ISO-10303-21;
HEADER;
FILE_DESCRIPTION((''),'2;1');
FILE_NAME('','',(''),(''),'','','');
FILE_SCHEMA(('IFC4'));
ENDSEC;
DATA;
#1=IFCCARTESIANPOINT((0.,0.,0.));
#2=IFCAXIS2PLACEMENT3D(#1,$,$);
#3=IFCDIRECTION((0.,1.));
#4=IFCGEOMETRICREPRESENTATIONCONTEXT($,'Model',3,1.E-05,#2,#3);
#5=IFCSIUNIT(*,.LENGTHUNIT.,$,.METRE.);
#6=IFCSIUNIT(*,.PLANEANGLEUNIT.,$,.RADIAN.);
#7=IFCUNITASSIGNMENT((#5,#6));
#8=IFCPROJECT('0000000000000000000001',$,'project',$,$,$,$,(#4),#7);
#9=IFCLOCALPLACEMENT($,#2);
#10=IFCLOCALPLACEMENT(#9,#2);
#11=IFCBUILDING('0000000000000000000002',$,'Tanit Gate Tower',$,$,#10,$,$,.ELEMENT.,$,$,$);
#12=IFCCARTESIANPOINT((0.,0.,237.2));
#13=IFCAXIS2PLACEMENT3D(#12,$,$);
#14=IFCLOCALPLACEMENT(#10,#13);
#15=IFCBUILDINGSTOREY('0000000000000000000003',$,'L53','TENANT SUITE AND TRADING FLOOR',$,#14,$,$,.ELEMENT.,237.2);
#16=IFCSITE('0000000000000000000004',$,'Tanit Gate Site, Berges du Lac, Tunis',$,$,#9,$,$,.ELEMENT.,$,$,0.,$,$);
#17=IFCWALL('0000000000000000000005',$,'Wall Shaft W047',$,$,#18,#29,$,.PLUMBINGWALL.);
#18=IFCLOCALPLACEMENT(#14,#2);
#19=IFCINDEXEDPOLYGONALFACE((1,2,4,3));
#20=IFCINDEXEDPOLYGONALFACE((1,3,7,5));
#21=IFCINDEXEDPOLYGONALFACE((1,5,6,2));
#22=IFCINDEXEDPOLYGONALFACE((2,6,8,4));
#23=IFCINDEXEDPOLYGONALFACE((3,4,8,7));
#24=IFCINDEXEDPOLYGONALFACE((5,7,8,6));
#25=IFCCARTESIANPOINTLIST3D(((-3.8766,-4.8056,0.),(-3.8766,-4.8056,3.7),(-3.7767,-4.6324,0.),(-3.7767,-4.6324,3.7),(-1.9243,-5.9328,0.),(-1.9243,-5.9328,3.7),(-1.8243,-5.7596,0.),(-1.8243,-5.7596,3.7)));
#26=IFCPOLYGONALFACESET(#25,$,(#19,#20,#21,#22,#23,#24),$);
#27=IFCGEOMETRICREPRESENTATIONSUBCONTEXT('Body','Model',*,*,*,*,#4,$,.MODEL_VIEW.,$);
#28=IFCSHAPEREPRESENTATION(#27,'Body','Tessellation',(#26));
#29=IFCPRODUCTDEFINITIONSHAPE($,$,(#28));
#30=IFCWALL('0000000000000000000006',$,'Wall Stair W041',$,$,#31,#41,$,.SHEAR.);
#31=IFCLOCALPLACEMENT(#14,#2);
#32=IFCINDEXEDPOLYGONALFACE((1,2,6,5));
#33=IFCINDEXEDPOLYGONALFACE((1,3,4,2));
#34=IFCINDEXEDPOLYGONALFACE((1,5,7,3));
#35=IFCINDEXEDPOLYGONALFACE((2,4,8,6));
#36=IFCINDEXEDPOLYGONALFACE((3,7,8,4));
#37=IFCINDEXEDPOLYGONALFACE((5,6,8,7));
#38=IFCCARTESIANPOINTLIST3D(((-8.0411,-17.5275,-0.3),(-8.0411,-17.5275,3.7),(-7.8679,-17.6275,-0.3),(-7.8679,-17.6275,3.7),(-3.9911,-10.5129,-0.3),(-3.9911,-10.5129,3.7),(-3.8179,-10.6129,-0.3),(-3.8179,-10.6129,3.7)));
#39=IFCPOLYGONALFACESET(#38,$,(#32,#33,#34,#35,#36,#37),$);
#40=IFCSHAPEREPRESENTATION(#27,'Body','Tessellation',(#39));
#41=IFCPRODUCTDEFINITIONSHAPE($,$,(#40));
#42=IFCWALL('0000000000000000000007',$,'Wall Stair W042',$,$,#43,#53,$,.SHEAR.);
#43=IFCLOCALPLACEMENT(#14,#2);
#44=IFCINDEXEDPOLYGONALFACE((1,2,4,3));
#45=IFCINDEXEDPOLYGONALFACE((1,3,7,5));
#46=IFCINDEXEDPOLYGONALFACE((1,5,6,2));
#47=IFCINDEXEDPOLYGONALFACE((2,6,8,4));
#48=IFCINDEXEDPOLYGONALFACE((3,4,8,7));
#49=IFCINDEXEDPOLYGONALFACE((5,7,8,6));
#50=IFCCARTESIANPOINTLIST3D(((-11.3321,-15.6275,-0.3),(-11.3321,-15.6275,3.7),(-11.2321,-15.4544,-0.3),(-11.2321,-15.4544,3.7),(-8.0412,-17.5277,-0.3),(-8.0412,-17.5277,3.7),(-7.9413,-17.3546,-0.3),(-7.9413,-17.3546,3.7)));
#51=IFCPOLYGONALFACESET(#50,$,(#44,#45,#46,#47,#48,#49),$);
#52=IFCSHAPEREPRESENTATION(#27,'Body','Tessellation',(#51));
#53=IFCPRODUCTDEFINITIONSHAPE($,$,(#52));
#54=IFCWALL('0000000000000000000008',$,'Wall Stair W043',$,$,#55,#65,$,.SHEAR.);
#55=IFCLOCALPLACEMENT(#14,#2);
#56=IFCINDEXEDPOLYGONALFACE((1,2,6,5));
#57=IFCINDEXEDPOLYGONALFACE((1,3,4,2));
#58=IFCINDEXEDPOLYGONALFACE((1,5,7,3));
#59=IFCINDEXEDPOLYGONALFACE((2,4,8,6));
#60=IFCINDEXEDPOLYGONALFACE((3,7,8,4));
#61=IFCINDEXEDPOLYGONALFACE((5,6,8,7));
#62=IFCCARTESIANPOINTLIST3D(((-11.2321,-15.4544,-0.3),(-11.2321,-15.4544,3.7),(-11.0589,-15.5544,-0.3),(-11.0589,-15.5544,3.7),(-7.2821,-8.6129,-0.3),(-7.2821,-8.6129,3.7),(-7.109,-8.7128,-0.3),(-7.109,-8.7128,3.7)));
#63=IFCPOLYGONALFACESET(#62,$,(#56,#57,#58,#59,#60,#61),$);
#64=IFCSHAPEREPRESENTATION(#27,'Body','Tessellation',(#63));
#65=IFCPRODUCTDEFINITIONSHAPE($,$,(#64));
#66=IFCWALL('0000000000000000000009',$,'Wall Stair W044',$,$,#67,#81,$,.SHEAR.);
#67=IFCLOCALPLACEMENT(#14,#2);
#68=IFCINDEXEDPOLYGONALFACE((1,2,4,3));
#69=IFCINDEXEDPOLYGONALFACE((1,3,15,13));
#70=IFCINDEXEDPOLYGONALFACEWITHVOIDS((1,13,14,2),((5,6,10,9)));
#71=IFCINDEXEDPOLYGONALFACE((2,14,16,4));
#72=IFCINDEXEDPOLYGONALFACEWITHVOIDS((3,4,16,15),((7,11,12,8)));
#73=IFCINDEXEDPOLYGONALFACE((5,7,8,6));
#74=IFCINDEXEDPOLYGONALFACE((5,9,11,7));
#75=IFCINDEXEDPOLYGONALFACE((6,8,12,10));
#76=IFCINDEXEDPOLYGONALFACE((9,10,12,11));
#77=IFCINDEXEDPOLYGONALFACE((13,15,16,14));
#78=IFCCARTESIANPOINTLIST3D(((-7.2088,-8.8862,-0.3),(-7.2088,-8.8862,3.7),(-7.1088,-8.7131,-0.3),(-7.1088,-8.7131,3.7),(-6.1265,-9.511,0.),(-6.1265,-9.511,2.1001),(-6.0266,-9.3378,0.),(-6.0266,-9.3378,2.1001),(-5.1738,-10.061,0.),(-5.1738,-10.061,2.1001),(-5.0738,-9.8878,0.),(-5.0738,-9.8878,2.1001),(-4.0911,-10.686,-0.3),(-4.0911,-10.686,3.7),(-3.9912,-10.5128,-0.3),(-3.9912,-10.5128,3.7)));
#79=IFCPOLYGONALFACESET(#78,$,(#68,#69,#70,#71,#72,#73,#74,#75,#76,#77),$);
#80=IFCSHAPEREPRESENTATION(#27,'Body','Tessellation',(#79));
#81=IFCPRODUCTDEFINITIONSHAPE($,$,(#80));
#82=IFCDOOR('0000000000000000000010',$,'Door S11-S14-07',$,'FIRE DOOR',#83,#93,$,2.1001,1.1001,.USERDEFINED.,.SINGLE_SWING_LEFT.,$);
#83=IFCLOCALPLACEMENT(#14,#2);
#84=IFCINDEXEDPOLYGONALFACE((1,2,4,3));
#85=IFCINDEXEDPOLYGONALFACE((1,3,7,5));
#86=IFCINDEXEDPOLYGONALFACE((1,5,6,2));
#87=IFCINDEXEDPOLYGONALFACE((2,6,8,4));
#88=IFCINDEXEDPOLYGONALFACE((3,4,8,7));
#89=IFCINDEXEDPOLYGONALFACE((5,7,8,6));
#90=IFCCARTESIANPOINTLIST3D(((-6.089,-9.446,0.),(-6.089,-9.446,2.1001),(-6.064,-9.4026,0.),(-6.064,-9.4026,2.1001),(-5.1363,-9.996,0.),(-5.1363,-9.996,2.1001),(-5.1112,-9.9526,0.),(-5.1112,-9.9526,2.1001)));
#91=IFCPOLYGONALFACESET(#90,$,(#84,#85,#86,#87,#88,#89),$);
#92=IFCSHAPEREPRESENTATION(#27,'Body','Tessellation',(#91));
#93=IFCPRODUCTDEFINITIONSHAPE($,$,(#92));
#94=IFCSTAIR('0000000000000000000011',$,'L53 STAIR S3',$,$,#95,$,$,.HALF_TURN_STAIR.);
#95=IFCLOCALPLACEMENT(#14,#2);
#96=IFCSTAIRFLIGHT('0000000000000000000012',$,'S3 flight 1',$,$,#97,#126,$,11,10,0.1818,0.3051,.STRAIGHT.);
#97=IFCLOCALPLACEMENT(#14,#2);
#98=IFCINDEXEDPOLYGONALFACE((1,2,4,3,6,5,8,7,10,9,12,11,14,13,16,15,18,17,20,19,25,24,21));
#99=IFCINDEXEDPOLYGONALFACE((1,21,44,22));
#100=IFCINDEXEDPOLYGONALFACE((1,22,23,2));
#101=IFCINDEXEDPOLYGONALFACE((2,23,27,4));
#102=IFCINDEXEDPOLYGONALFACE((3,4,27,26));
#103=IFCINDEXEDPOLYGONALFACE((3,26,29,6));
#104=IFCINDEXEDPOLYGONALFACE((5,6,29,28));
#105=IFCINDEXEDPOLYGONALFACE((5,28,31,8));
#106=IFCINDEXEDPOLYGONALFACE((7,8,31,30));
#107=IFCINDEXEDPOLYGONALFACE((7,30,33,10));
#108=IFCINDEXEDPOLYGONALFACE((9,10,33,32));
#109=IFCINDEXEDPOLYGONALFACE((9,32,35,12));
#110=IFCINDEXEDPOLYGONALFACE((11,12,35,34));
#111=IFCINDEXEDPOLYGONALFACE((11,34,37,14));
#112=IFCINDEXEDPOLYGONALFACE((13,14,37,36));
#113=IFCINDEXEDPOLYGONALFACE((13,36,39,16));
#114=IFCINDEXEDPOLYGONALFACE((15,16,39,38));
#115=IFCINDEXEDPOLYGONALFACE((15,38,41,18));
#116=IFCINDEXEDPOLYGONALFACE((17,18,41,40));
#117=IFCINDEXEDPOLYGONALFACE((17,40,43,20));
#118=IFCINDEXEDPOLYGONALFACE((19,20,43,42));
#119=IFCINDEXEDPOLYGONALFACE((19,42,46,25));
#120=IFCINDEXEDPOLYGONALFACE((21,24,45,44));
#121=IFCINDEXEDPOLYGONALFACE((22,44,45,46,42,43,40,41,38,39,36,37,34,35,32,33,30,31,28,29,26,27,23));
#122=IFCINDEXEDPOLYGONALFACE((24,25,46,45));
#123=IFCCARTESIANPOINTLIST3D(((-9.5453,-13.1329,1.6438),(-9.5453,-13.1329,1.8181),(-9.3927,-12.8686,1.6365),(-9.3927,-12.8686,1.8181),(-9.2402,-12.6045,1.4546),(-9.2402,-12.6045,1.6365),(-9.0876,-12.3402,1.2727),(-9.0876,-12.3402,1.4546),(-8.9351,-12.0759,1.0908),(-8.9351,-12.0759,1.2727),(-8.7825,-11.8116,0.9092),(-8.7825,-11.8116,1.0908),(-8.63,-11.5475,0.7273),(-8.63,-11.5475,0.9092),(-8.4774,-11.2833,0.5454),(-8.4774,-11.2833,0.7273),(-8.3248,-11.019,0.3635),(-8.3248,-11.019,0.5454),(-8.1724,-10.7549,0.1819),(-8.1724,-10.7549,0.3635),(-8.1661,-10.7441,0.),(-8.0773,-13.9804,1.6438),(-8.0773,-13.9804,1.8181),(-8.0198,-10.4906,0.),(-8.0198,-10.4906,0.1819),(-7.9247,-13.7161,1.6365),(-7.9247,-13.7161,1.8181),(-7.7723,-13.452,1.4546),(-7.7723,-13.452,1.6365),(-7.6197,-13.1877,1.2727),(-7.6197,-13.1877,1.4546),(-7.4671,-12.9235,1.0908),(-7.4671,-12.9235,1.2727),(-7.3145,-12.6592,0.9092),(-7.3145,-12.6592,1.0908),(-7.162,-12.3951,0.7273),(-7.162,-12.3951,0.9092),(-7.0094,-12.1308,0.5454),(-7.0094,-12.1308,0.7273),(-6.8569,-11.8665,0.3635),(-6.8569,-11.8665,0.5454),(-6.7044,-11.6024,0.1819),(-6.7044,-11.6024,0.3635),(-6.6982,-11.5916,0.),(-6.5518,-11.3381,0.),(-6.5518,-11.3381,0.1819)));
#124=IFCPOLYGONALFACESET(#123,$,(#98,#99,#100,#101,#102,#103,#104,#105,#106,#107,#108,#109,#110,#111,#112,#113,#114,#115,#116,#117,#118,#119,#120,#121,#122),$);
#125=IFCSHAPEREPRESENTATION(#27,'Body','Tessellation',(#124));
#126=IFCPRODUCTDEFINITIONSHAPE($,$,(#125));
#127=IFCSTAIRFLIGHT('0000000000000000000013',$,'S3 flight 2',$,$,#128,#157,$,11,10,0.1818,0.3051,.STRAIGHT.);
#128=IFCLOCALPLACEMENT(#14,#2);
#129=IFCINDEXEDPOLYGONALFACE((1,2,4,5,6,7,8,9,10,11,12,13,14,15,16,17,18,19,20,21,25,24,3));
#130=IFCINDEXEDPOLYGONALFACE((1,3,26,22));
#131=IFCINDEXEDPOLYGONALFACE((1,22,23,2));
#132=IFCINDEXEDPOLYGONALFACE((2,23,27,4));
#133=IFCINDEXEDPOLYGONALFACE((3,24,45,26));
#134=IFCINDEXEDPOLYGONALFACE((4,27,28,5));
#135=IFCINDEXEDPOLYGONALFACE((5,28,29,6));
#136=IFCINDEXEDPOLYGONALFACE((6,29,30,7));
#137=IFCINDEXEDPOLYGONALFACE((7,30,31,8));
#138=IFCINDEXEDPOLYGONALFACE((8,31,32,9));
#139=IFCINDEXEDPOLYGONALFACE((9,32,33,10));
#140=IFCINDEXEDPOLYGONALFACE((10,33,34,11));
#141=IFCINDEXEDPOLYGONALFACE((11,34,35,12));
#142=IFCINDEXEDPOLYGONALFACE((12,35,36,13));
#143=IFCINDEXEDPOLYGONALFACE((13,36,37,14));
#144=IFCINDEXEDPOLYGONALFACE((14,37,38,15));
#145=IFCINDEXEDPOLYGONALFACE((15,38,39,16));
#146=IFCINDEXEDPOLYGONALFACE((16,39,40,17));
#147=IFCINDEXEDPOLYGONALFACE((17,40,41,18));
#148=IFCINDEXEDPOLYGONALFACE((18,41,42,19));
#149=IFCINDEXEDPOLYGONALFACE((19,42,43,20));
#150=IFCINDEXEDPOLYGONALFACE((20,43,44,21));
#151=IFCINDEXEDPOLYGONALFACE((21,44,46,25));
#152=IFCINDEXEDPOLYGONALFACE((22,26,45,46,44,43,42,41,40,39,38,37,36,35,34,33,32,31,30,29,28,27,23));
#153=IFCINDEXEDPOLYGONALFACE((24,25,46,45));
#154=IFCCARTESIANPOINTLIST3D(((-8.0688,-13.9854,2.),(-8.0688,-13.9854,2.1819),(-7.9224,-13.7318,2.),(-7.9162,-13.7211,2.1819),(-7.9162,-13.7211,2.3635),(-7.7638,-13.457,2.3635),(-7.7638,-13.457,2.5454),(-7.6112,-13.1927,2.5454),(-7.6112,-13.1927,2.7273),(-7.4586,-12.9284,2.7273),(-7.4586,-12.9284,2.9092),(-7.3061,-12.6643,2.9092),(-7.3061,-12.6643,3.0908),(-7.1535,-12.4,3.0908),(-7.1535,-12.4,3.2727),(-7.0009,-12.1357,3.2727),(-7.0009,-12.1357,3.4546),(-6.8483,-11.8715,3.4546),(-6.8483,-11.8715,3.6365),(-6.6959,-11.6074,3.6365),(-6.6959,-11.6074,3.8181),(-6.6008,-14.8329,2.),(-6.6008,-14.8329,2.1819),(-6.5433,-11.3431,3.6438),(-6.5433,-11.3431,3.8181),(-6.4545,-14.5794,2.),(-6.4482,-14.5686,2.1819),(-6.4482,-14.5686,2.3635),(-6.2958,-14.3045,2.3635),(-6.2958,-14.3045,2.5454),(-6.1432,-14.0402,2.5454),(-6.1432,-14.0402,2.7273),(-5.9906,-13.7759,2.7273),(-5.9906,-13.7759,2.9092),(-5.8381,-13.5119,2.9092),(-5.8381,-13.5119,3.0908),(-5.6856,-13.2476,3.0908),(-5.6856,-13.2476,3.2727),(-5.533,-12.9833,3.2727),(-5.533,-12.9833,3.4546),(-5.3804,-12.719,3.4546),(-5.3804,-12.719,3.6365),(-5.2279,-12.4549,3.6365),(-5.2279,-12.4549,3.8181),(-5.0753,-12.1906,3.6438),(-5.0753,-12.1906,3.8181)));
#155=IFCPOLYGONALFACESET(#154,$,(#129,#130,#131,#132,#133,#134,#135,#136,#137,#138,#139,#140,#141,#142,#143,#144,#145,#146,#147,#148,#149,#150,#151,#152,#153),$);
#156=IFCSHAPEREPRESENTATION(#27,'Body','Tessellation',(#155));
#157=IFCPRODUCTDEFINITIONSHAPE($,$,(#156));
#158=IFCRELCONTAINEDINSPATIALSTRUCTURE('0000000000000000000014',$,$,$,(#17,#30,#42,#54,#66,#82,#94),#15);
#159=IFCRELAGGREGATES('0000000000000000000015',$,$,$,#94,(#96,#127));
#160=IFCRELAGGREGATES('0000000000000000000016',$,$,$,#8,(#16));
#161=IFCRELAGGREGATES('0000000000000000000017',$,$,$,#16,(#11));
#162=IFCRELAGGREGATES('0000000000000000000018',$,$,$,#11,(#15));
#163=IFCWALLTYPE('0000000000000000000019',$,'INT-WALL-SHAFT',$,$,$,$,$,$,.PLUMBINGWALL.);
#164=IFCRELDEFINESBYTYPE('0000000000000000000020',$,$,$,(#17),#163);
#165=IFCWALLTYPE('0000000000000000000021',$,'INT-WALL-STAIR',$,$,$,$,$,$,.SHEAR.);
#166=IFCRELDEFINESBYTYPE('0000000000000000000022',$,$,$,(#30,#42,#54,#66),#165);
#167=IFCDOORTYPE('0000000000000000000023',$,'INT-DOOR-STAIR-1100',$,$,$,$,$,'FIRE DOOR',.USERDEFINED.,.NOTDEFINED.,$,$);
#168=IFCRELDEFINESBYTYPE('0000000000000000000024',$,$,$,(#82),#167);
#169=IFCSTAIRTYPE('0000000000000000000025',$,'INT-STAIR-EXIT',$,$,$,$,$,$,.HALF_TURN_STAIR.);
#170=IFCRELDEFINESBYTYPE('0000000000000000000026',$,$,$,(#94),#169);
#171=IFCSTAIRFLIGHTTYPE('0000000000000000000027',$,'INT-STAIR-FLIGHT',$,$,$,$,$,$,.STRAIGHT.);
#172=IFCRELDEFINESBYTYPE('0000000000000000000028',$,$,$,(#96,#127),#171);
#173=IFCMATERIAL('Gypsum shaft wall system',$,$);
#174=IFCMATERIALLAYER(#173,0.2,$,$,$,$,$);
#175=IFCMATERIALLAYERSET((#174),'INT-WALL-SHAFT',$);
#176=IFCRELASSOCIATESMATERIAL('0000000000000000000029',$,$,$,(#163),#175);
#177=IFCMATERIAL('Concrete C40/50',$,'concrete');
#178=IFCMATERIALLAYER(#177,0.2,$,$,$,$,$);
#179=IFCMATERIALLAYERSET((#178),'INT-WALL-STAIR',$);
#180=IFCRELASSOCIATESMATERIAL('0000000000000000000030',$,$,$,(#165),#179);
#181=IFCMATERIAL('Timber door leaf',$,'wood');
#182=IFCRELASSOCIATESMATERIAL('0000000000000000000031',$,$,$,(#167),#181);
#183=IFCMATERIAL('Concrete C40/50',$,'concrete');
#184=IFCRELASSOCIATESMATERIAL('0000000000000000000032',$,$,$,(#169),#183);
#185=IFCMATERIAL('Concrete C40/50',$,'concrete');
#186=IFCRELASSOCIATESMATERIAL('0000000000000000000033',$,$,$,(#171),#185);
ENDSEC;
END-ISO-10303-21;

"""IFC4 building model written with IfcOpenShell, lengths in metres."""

from ifc_helpers import new_model, si_unit, direction, frame, frame_2d, origin, place, context, subcontext, project, spatial, polyline, rectangle, outline, extrude, material, layer, layer_set, type_object, element, fill, aggregate, save


model = new_model("IFC4")

# Units and contexts
model_context = context("Model", 3, precision=1e-05, world=origin(), true_north=direction((0.0, 1.0)))
body_context = subcontext(model_context, "Body", "Model", "MODEL_VIEW")
ifc_project = project(units=[si_unit("LENGTHUNIT", "METRE"), si_unit("PLANEANGLEUNIT", "RADIAN")], contexts=[model_context])

# Site, building, storey
site_placement = place(None, origin())
site = spatial("IfcSite", under=ifc_project, at=site_placement, Name="Tanit Gate Site, Berges du Lac, Tunis", CompositionType="ELEMENT", RefElevation=0.0)
building_placement = place(site_placement, origin())
building = spatial("IfcBuilding", under=site, at=building_placement, Name="Tanit Gate Tower", CompositionType="ELEMENT")
storey_placement = place(building_placement, frame((0.0, 0.0, 237.2)))
storey = spatial("IfcBuildingStorey", under=building, at=storey_placement, Name="L53", Description="TENANT SUITE AND TRADING FLOOR", CompositionType="ELEMENT", Elevation=237.2)

# Shared definitions
ifc_material_1 = material(Name="Gypsum shaft wall system")
ifc_layer_1 = layer(ifc_material_1, 0.2)
ifc_layer_set_1 = layer_set([ifc_layer_1], Name="INT-WALL-SHAFT")
wall_type_1 = type_object("IfcWallType", Name="INT-WALL-SHAFT", PredefinedType="PLUMBINGWALL", material=ifc_layer_set_1)

# Walls
wall_1_placement = place(storey_placement, frame((-3.8267, -4.719, 0.0), z_axis=(0.0, 0.0, 1.0), x_axis=(0.866029, -0.499994, 0.0)))
element("IfcWall", 1, at=wall_1_placement, inside=storey, type_object=wall_type_1, Name="Wall Shaft W047", PredefinedType="PLUMBINGWALL", context=body_context, shape_type="SweptSolid", body=[
    extrude(rectangle(XDim=2.2544, YDim=0.2, at=frame_2d((1.1272, 0.0))), origin(), (0.0, 0.0, 1.0), 3.7),
])
ifc_material_2 = material(Name="Concrete C40/50", Category="concrete")
ifc_layer_2 = layer(ifc_material_2, 0.2)
ifc_layer_set_2 = layer_set([ifc_layer_2], Name="INT-WALL-STAIR")
wall_type_2 = type_object("IfcWallType", Name="INT-WALL-STAIR", PredefinedType="SHEAR", material=ifc_layer_set_2)
wall_2_placement = place(storey_placement, frame((-3.9045, -10.563, -0.3), z_axis=(0.0, 0.0, 1.0), x_axis=(-0.500013, -0.866018, 0.0)))
element("IfcWall", 2, at=wall_2_placement, inside=storey, type_object=wall_type_2, Name="Wall Stair W041", PredefinedType="SHEAR", context=body_context, shape_type="SweptSolid", body=[
    extrude(rectangle(XDim=8.0999, YDim=0.2, at=frame_2d((4.0498, 0.0))), origin(), (0.0, 0.0, 1.0), 4.0),
])
wall_3_placement = place(storey_placement, frame((-11.282, -15.541, -0.3), z_axis=(0.0, 0.0, 1.0), x_axis=(0.866, -0.500043, 0.0)))
element("IfcWall", 3, at=wall_3_placement, inside=storey, type_object=wall_type_2, Name="Wall Stair W042", PredefinedType="SHEAR", context=body_context, shape_type="SweptSolid", body=[
    extrude(rectangle(XDim=3.8, YDim=0.2, at=frame_2d((1.8999, 0.0))), origin(), (0.0, 0.0, 1.0), 4.0),
])
wall_4_placement = place(storey_placement, frame((-7.1956, -8.6628, -0.3), z_axis=(0.0, 0.0, 1.0), x_axis=(-0.499998, -0.866027, 0.0)))
element("IfcWall", 4, at=wall_4_placement, inside=storey, type_object=wall_type_2, Name="Wall Stair W043", PredefinedType="SHEAR", context=body_context, shape_type="SweptSolid", body=[
    extrude(rectangle(XDim=7.8999, YDim=0.2, at=frame_2d((3.95, 0.0))), origin(), (0.0, 0.0, 1.0), 4.0),
])

# Wall, opening, door
wall_5_placement = place(storey_placement, frame((-4.0413, -10.5994, -0.3), z_axis=(0.0, 0.0, 1.0), x_axis=(-0.866048, 0.499961, 0.0)))
wall_5 = element("IfcWall", 5, at=wall_5_placement, inside=storey, type_object=wall_type_2, Name="Wall Stair W044", PredefinedType="SHEAR", context=body_context, shape_type="SweptSolid", body=[
    extrude(rectangle(XDim=3.5999, YDim=0.2, at=frame_2d((1.7998, 0.0))), origin(), (0.0, 0.0, 1.0), 4.0),
])
opening_1_placement = place(wall_5_placement, frame((1.25, 0.0, 0.3)))
opening_1 = element("IfcOpeningElement", 6, at=opening_1_placement, cuts=wall_5, PredefinedType="OPENING", context=body_context, shape_type="SweptSolid", body=[
    extrude(rectangle(XDim=1.1001, YDim=2.1001, at=frame_2d((0.55, 1.05))), frame((0.0, 0.1099, 0.0), z_axis=(0.0, -1.0, 0.0), x_axis=(1.0, 0.0, 0.0)), (0.0, 0.0, 1.0), 0.22),
])
ifc_material_3 = material(Name="Timber door leaf", Category="wood")
door_type_1 = type_object("IfcDoorType", Name="INT-DOOR-STAIR-1100", ElementType="FIRE DOOR", OperationType="NOTDEFINED", PredefinedType="USERDEFINED", material=ifc_material_3)
door_1_placement = place(opening_1_placement, origin())
door_1 = element("IfcDoor", 7, at=door_1_placement, inside=storey, type_object=door_type_1, Name="Door S11-S14-07", ObjectType="FIRE DOOR", OperationType="SINGLE_SWING_LEFT", OverallHeight=2.1001, OverallWidth=1.1001, PredefinedType="USERDEFINED", context=body_context, shape_type="SweptSolid", body=[
    extrude(rectangle(XDim=1.1001, YDim=2.1001, at=frame_2d((0.55, 1.05))), frame((0.0, 0.0249, 0.0), z_axis=(0.0, -1.0, 0.0), x_axis=(1.0, 0.0, 0.0)), (0.0, 0.0, 1.0), 0.05),
])
fill(opening_1, door_1)

# Stair, stair flights
ifc_material_4 = material(Name="Concrete C40/50", Category="concrete")
stair_type = type_object("IfcStairType", Name="INT-STAIR-EXIT", PredefinedType="HALF_TURN_STAIR", material=ifc_material_4)
stair_placement = place(storey_placement, origin())
stair = element("IfcStair", 8, at=stair_placement, inside=storey, type_object=stair_type, Name="L53 STAIR S3", PredefinedType="HALF_TURN_STAIR")
ifc_material_5 = material(Name="Concrete C40/50", Category="concrete")
stair_flight_type = type_object("IfcStairFlightType", Name="INT-STAIR-FLIGHT", PredefinedType="STRAIGHT", material=ifc_material_5)
stair_flight_1_placement = place(storey_placement, frame((-7.2859, -10.9143, 0.0), z_axis=(0.0, 0.0, 1.0), x_axis=(-0.5, -0.866025, 0.0)))
stair_flight_1 = element("IfcStairFlight", 9, at=stair_flight_1_placement, type_object=stair_flight_type, Name="S3 flight 1", NumberOfRisers=11, NumberOfTreads=10, PredefinedType="STRAIGHT", RiserHeight=0.1818, TreadLength=0.3051, context=body_context, shape_type="SweptSolid", body=[
    extrude(outline(polyline([(0.0, 0.0), (0.0, 0.1819), (0.3052, 0.1819), (0.3052, 0.3635), (0.6101, 0.3635), (0.6101, 0.5454), (0.9153, 0.5454), (0.9153, 0.7273), (1.2205, 0.7273), (1.2205, 0.9092), (1.5254, 0.9092), (1.5254, 1.0908), (1.8306, 1.0908), (1.8306, 1.2727), (2.1357, 1.2727), (2.1357, 1.4546), (2.4409, 1.4546), (2.4409, 1.6365), (2.7458, 1.6365), (2.7458, 1.8181), (3.051, 1.8181), (3.051, 2.0), (3.051, 1.6438), (0.2927, 0.0), (0.0, 0.0)])), frame((0.0, 0.8477, 0.0), z_axis=(0.0, -1.0, 0.0), x_axis=(1.0, 0.0, 0.0)), (0.0, 0.0, 1.0), 1.6951),
])
stair_flight_2_placement = place(storey_placement, frame((-7.3347, -14.4092, 2.0), z_axis=(0.0, 0.0, 1.0), x_axis=(0.5, 0.866025, 0.0)))
stair_flight_2 = element("IfcStairFlight", 10, at=stair_flight_2_placement, type_object=stair_flight_type, Name="S3 flight 2", NumberOfRisers=11, NumberOfTreads=10, PredefinedType="STRAIGHT", RiserHeight=0.1818, TreadLength=0.3051, context=body_context, shape_type="SweptSolid", body=[
    extrude(outline(polyline([(0.0, 0.0), (0.0, 0.1819), (0.3052, 0.1819), (0.3052, 0.3635), (0.6101, 0.3635), (0.6101, 0.5454), (0.9153, 0.5454), (0.9153, 0.7273), (1.2205, 0.7273), (1.2205, 0.9092), (1.5254, 0.9092), (1.5254, 1.0908), (1.8306, 1.0908), (1.8306, 1.2727), (2.1357, 1.2727), (2.1357, 1.4546), (2.4409, 1.4546), (2.4409, 1.6365), (2.7458, 1.6365), (2.7458, 1.8181), (3.051, 1.8181), (3.051, 2.0), (3.051, 1.6438), (0.2927, 0.0), (0.0, 0.0)])), frame((0.0, 0.8477, 0.0), z_axis=(0.0, -1.0, 0.0), x_axis=(1.0, 0.0, 0.0)), (0.0, 0.0, 1.0), 1.6951),
])
aggregate(stair, [stair_flight_1, stair_flight_2])

save(model, "model.ifc")
